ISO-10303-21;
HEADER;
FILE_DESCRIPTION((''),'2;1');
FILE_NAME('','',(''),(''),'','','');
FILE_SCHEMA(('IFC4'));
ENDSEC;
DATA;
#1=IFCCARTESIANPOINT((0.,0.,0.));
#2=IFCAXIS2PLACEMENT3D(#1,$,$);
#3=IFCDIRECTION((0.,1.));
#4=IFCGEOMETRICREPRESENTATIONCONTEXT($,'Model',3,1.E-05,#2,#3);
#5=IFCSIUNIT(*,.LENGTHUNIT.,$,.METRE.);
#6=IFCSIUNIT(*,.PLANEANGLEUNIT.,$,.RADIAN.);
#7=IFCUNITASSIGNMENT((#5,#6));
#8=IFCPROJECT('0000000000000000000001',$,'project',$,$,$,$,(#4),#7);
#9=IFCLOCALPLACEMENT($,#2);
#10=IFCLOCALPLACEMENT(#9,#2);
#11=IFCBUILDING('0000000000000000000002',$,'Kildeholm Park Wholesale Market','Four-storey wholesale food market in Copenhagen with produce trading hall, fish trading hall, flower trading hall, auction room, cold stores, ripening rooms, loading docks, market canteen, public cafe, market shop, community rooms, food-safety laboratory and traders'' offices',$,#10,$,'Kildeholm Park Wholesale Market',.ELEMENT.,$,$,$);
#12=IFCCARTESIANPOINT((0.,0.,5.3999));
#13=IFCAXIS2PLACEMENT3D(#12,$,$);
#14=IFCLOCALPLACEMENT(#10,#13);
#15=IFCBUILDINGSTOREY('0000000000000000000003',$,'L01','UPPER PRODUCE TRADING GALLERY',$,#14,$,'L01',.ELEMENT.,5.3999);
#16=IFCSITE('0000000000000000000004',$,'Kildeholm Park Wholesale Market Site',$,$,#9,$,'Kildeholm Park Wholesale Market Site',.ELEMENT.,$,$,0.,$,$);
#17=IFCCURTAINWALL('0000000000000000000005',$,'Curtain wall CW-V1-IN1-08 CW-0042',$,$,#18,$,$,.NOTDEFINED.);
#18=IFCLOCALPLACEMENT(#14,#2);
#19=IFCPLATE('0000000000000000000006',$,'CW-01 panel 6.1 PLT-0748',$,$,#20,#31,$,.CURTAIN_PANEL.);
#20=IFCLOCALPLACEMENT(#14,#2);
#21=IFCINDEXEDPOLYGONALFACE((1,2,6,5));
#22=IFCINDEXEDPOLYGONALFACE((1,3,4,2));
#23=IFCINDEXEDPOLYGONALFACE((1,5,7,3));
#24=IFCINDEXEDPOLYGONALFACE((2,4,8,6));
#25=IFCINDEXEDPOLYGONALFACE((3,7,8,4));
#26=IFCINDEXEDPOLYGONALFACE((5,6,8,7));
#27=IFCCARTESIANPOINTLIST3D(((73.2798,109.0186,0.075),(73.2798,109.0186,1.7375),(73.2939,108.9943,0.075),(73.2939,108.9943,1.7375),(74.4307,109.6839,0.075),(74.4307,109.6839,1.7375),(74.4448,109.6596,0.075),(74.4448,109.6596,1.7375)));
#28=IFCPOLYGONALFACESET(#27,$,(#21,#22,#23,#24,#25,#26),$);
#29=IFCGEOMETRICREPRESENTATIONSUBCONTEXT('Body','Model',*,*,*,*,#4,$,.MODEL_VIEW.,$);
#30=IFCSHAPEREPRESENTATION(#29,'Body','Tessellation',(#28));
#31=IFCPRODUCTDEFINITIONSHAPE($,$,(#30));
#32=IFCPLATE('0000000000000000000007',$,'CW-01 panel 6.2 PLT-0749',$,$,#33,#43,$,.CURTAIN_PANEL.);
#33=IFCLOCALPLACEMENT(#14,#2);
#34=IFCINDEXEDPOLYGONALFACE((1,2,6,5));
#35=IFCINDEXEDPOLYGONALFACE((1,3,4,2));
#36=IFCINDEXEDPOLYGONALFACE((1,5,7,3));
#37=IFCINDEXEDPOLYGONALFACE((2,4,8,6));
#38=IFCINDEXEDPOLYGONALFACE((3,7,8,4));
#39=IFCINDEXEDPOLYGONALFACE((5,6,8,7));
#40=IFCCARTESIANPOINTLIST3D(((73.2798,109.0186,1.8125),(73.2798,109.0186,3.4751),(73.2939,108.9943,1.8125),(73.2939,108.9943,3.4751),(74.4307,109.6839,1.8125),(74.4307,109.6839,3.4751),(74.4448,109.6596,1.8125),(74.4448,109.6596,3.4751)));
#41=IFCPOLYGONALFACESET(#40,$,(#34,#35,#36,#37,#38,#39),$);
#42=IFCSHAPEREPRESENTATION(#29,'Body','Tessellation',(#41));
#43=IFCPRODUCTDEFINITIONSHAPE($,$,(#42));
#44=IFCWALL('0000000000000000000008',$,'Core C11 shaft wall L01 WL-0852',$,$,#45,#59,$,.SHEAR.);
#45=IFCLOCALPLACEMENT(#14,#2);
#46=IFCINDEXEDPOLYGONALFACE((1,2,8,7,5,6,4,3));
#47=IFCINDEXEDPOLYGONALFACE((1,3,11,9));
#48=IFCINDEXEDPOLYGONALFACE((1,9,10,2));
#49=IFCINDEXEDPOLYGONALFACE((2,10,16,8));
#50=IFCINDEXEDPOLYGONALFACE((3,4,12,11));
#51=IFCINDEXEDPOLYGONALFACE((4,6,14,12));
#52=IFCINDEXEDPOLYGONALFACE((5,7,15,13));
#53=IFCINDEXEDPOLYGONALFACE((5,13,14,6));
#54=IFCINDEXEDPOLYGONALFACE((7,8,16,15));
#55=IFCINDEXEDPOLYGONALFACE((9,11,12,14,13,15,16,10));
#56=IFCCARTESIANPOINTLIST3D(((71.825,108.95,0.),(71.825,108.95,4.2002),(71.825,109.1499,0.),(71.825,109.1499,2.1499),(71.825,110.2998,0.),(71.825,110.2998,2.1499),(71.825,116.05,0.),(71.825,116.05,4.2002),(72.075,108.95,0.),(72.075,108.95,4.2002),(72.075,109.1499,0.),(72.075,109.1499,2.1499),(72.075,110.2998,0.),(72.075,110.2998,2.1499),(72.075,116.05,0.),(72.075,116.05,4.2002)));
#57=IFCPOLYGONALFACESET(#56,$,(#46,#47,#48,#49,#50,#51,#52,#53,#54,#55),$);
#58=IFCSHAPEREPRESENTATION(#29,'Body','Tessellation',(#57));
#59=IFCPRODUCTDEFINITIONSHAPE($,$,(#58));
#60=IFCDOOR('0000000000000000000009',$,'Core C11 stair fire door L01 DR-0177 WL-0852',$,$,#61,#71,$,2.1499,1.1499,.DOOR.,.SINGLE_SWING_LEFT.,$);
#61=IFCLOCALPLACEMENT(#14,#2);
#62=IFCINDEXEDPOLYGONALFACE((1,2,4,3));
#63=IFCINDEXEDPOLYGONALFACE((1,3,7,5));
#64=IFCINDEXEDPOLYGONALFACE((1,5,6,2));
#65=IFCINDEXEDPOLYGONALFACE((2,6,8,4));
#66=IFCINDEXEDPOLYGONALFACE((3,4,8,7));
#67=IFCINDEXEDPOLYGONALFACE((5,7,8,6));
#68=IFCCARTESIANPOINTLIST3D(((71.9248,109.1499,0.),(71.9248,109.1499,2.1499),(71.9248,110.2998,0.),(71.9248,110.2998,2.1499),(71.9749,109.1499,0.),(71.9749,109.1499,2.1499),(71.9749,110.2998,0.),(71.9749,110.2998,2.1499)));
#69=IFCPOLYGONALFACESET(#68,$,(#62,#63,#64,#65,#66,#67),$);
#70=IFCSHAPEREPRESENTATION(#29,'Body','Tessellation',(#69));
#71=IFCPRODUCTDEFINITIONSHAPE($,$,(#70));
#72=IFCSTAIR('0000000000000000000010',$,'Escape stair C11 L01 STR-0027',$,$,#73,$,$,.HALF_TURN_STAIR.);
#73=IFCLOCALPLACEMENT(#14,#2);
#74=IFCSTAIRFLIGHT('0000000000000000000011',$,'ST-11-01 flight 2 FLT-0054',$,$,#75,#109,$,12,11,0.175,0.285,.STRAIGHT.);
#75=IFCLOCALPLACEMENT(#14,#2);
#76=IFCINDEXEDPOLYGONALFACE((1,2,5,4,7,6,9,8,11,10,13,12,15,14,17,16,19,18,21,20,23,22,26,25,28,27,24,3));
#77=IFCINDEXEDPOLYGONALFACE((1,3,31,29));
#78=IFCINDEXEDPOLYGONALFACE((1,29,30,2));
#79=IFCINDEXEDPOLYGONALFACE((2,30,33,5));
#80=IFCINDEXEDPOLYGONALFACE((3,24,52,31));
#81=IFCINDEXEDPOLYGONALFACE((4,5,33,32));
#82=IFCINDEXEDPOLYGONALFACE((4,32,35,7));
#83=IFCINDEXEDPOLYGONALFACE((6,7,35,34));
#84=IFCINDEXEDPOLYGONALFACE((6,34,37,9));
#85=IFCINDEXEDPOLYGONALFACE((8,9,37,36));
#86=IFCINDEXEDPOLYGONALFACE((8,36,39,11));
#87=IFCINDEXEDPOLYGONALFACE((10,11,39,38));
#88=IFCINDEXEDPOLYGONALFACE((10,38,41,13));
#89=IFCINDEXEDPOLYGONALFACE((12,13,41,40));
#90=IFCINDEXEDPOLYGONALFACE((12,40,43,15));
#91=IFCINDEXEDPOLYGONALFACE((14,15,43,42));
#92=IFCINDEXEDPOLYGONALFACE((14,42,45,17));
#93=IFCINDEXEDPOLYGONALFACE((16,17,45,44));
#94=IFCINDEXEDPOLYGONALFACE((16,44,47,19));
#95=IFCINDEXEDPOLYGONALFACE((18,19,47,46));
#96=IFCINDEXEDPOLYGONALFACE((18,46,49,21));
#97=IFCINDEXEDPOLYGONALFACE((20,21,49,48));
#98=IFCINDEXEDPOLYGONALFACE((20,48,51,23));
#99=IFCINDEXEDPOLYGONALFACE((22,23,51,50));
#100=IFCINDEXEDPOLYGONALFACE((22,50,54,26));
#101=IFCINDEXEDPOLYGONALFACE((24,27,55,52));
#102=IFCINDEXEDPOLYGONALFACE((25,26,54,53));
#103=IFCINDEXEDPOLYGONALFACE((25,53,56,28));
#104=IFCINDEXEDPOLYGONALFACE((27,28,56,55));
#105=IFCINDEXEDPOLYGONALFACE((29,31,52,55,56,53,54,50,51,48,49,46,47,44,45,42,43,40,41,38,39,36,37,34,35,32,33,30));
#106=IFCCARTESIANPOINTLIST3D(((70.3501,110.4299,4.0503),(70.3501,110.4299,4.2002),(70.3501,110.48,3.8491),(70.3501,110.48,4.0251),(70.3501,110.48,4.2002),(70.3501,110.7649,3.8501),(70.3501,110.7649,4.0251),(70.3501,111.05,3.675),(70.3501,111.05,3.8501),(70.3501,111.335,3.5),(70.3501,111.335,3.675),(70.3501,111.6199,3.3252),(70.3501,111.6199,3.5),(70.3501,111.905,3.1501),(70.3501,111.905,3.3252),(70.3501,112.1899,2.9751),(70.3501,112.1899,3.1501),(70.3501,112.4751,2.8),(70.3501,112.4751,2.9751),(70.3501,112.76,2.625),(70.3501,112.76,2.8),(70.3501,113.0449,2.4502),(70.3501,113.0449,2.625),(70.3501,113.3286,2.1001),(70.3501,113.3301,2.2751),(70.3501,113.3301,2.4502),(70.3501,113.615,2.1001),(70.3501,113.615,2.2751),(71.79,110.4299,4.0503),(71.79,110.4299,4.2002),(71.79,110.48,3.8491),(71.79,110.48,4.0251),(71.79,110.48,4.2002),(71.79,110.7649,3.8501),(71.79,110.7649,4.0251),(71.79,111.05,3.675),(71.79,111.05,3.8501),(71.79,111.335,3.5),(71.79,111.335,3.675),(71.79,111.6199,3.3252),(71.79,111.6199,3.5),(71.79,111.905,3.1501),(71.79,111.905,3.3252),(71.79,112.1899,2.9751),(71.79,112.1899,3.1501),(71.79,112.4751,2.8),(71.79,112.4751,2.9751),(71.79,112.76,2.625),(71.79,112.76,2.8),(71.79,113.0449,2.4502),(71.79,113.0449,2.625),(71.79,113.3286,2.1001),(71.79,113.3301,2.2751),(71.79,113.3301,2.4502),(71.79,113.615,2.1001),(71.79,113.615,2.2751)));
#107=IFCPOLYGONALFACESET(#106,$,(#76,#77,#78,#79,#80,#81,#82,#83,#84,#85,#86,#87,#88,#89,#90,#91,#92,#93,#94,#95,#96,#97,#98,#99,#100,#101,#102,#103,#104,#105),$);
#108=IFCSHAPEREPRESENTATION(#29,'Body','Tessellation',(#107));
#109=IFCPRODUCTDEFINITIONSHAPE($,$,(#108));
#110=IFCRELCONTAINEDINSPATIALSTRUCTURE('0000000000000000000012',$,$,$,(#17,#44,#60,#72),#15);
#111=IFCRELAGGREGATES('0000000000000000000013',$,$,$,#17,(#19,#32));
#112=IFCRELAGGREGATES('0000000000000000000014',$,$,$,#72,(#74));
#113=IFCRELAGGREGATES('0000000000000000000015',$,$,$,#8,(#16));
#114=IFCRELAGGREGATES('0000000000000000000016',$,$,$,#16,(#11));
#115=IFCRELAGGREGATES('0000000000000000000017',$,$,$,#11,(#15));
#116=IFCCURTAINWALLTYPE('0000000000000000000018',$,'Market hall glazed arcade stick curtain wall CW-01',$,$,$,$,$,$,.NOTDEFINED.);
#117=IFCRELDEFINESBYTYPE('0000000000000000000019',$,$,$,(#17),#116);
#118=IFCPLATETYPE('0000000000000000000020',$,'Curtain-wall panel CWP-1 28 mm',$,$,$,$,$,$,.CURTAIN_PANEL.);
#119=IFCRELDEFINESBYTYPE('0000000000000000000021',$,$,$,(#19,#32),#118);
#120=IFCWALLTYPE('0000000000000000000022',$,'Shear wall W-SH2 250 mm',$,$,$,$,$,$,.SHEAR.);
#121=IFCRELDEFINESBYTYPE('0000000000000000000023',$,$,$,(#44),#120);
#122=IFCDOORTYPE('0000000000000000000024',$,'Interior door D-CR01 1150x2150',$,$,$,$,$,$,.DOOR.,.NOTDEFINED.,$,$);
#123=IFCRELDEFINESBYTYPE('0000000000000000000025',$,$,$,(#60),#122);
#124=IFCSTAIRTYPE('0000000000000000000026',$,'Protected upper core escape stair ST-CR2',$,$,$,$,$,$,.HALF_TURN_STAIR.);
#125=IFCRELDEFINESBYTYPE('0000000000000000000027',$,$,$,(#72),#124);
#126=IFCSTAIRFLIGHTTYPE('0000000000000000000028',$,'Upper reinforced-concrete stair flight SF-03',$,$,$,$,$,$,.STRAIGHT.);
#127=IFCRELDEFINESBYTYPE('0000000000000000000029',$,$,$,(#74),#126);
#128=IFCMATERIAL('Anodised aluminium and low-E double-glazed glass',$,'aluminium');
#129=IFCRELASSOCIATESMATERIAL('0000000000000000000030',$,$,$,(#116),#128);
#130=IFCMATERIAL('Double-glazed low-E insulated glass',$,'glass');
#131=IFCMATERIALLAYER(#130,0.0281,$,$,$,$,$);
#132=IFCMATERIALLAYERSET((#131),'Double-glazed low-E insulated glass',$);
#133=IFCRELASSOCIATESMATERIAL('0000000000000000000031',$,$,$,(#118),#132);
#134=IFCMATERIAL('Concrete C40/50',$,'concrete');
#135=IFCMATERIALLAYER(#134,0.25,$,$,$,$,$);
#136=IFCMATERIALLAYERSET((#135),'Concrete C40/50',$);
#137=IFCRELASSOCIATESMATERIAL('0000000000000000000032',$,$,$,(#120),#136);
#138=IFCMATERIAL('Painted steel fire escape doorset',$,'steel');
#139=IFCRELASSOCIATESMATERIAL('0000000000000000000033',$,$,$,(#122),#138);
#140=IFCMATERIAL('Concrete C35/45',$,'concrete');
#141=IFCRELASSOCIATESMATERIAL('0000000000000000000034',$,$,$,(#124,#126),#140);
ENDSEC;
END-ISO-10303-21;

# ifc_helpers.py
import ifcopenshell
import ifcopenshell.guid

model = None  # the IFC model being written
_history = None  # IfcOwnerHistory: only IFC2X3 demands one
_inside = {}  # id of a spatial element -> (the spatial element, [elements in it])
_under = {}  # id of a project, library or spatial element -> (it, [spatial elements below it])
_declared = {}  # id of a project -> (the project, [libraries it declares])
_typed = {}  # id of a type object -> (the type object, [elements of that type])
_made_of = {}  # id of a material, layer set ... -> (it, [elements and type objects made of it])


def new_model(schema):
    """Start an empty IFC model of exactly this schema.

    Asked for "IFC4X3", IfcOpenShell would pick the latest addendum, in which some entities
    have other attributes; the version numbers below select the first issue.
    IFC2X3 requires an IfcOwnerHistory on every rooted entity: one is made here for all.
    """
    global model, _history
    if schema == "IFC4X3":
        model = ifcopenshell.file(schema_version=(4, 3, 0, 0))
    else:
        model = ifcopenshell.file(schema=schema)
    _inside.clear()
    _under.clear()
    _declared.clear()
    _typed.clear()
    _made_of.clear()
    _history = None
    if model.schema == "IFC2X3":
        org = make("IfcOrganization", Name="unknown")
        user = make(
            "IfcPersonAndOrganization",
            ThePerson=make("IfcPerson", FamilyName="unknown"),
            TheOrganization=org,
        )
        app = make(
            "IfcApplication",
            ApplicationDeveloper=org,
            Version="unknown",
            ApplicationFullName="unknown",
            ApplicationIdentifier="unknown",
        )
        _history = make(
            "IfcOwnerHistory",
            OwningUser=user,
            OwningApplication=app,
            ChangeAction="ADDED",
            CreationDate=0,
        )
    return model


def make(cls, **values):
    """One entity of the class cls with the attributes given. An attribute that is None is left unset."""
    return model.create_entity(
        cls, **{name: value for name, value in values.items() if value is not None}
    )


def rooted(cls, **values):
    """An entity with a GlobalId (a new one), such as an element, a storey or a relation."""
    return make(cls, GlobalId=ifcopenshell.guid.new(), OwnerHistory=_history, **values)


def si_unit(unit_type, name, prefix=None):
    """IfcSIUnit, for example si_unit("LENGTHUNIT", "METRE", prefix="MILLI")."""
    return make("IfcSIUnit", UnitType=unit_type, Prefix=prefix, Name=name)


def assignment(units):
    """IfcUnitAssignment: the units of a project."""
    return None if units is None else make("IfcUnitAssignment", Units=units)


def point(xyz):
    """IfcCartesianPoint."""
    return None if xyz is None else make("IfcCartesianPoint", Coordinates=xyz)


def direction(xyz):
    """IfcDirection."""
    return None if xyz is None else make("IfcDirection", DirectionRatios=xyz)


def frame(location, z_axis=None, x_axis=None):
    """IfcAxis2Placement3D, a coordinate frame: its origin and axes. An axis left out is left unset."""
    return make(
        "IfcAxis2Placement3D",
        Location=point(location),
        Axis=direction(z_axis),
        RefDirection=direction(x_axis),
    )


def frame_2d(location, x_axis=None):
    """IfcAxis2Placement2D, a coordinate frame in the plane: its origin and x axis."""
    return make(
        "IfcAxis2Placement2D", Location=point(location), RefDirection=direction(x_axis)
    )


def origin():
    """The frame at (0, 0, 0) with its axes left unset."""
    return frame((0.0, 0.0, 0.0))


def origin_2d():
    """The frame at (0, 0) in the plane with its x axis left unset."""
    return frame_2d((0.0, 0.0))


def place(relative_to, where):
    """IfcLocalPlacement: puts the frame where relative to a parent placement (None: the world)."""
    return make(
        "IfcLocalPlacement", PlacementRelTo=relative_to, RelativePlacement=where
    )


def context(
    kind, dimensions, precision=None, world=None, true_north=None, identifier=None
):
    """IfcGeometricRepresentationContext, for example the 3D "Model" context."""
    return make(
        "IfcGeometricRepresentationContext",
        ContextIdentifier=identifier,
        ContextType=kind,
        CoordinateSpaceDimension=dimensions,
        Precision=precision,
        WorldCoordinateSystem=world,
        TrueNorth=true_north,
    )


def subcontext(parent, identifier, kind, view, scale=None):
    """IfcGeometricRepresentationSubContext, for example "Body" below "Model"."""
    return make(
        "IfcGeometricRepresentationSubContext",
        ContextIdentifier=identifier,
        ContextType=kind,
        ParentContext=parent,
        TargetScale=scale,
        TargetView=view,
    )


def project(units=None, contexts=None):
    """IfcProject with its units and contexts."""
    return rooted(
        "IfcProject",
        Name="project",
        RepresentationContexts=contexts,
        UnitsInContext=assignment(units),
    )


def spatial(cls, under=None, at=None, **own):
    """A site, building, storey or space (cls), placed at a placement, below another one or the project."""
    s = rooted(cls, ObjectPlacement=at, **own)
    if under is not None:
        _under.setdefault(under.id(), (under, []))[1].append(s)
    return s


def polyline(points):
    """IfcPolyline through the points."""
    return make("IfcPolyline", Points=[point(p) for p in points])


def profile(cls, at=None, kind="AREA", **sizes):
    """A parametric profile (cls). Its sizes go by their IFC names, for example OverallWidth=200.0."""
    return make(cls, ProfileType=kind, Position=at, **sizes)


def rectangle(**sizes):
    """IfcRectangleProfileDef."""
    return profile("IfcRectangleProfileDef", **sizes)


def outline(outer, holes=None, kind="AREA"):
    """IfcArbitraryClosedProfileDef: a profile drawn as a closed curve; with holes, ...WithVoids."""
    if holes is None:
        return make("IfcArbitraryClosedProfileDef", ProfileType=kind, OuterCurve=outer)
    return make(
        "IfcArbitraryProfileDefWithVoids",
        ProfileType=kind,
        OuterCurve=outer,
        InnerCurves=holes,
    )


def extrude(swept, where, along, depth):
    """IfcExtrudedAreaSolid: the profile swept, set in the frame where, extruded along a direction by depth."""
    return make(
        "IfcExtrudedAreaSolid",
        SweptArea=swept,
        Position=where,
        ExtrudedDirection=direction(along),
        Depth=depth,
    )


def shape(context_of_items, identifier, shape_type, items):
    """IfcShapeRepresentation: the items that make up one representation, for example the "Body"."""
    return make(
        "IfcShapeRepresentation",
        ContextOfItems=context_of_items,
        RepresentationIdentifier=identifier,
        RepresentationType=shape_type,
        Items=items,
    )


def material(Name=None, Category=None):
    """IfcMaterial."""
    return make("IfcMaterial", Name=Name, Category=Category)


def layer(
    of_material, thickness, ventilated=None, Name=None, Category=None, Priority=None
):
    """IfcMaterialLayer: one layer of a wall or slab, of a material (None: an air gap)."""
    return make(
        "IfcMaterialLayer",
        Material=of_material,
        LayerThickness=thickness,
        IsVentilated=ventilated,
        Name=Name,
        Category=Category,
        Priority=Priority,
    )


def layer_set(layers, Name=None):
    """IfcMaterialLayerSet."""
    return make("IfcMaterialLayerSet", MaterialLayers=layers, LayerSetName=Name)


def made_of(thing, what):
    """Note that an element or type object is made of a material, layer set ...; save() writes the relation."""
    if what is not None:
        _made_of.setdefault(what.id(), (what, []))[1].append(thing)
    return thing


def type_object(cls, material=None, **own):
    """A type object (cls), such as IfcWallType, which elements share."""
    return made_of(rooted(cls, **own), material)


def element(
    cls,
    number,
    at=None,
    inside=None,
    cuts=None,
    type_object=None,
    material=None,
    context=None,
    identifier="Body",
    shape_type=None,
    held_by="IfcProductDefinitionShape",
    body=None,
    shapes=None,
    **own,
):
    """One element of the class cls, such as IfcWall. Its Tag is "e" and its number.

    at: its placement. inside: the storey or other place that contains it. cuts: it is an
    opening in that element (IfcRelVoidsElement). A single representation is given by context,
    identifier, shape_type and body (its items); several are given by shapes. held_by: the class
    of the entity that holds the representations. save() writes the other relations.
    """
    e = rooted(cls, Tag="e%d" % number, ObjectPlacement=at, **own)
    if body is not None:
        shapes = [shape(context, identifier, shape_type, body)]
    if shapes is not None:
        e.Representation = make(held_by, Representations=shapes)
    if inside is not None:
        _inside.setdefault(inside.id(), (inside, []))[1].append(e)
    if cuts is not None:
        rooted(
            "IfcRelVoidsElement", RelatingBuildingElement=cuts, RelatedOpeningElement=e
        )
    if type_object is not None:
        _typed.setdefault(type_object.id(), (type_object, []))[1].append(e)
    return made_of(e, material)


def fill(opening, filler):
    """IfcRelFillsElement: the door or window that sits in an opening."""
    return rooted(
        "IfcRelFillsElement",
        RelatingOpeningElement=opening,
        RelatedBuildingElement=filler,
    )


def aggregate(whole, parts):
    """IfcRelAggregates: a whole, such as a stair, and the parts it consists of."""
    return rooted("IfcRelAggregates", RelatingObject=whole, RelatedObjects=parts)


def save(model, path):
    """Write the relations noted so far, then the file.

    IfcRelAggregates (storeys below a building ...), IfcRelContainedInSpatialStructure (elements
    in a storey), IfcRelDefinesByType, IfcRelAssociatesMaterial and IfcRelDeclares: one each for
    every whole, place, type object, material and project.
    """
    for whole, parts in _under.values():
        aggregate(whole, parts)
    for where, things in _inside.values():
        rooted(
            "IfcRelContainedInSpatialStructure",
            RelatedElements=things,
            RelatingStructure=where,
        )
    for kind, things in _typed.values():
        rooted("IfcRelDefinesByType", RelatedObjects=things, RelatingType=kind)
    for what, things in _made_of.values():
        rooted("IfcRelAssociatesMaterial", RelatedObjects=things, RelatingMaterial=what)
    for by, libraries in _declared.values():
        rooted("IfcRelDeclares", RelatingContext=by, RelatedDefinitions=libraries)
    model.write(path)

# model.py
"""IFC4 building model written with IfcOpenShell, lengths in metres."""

from ifc_helpers import new_model, si_unit, direction, frame, frame_2d, origin, origin_2d, place, context, subcontext, project, spatial, polyline, rectangle, outline, extrude, material, layer, layer_set, type_object, element, fill, aggregate, save


model = new_model("IFC4")

# Units and contexts
model_context = context("Model", 3, precision=1e-05, world=origin(), true_north=direction((0.0, 1.0)))
body_context = subcontext(model_context, "Body", "Model", "MODEL_VIEW")
ifc_project = project(units=[si_unit("LENGTHUNIT", "METRE"), si_unit("PLANEANGLEUNIT", "RADIAN")], contexts=[model_context])

# Site, building, storey
site_placement = place(None, origin())
site = spatial("IfcSite", under=ifc_project, at=site_placement, Name="Kildeholm Park Wholesale Market Site", LongName="Kildeholm Park Wholesale Market Site", CompositionType="ELEMENT", RefElevation=0.0)
building_placement = place(site_placement, origin())
building = spatial("IfcBuilding", under=site, at=building_placement, Name="Kildeholm Park Wholesale Market", Description="Four-storey wholesale food market in Copenhagen with produce trading hall, fish trading hall, flower trading hall, auction room, cold stores, ripening rooms, loading docks, market canteen, public cafe, market shop, community rooms, food-safety laboratory and traders' offices", LongName="Kildeholm Park Wholesale Market", CompositionType="ELEMENT")
storey_placement = place(building_placement, frame((0.0, 0.0, 5.3999)))
storey = spatial("IfcBuildingStorey", under=building, at=storey_placement, Name="L01", Description="UPPER PRODUCE TRADING GALLERY", LongName="L01", CompositionType="ELEMENT", Elevation=5.3999)

# Curtain wall, plates
ifc_material_1 = material(Name="Anodised aluminium and low-E double-glazed glass", Category="aluminium")
curtain_wall_type = type_object("IfcCurtainWallType", Name="Market hall glazed arcade stick curtain wall CW-01", PredefinedType="NOTDEFINED", material=ifc_material_1)
curtain_wall_placement = place(storey_placement, origin())
curtain_wall = element("IfcCurtainWall", 1, at=curtain_wall_placement, inside=storey, type_object=curtain_wall_type, Name="Curtain wall CW-V1-IN1-08 CW-0042", PredefinedType="NOTDEFINED")
ifc_material_2 = material(Name="Double-glazed low-E insulated glass", Category="glass")
ifc_layer_1 = layer(ifc_material_2, 0.0281)
ifc_layer_set_1 = layer_set([ifc_layer_1], Name="Double-glazed low-E insulated glass")
plate_type = type_object("IfcPlateType", Name="Curtain-wall panel CWP-1 28 mm", PredefinedType="CURTAIN_PANEL", material=ifc_layer_set_1)
plate_1_placement = place(storey_placement, frame((73.8623, 109.3391, 0.075), z_axis=(0.0, 0.0, 1.0), x_axis=(-0.865743, -0.500489, 0.0)))
plate_1 = element("IfcPlate", 2, at=plate_1_placement, type_object=plate_type, Name="CW-01 panel 6.1 PLT-0748", PredefinedType="CURTAIN_PANEL", context=body_context, shape_type="SweptSolid", body=[
    extrude(rectangle(XDim=1.3293, YDim=0.0281, at=origin_2d()), origin(), (0.0, 0.0, 1.0), 1.6626),
])
plate_2_placement = place(storey_placement, frame((73.8623, 109.3391, 1.8125), z_axis=(0.0, 0.0, 1.0), x_axis=(-0.865743, -0.500489, 0.0)))
plate_2 = element("IfcPlate", 3, at=plate_2_placement, type_object=plate_type, Name="CW-01 panel 6.2 PLT-0749", PredefinedType="CURTAIN_PANEL", context=body_context, shape_type="SweptSolid", body=[
    extrude(rectangle(XDim=1.3293, YDim=0.0281, at=origin_2d()), origin(), (0.0, 0.0, 1.0), 1.6626),
])
aggregate(curtain_wall, [plate_1, plate_2])

# Wall, opening, door
ifc_material_3 = material(Name="Concrete C40/50", Category="concrete")
ifc_layer_2 = layer(ifc_material_3, 0.25)
ifc_layer_set_2 = layer_set([ifc_layer_2], Name="Concrete C40/50")
wall_type_1 = type_object("IfcWallType", Name="Shear wall W-SH2 250 mm", PredefinedType="SHEAR", material=ifc_layer_set_2)
wall_1_placement = place(storey_placement, frame((71.95, 108.95, 0.0), z_axis=(0.0, 0.0, 1.0), x_axis=(0.0, 1.0, 0.0)))
wall_1 = element("IfcWall", 4, at=wall_1_placement, inside=storey, type_object=wall_type_1, Name="Core C11 shaft wall L01 WL-0852", PredefinedType="SHEAR", context=body_context, shape_type="SweptSolid", body=[
    extrude(rectangle(XDim=7.1001, YDim=0.25, at=frame_2d((3.55, 0.0))), origin(), (0.0, 0.0, 1.0), 4.2002),
])
opening_1_placement = place(wall_1_placement, frame((0.2, 0.0, 0.0)))
opening_1 = element("IfcOpeningElement", 5, at=opening_1_placement, cuts=wall_1, PredefinedType="OPENING", context=body_context, shape_type="SweptSolid", body=[
    extrude(rectangle(XDim=1.1499, YDim=2.1499, at=frame_2d((0.575, 1.075))), frame((0.0, 0.135, 0.0), z_axis=(0.0, -1.0, 0.0), x_axis=(1.0, 0.0, 0.0)), (0.0, 0.0, 1.0), 0.27),
])
ifc_material_4 = material(Name="Painted steel fire escape doorset", Category="steel")
door_type_1 = type_object("IfcDoorType", Name="Interior door D-CR01 1150x2150", OperationType="NOTDEFINED", PredefinedType="DOOR", material=ifc_material_4)
door_1_placement = place(opening_1_placement, frame((1.1499, 0.0, 0.0), z_axis=(0.0, 0.0, 1.0), x_axis=(-1.0, 0.0, 0.0)))
door_1 = element("IfcDoor", 6, at=door_1_placement, inside=storey, type_object=door_type_1, Name="Core C11 stair fire door L01 DR-0177 WL-0852", OperationType="SINGLE_SWING_LEFT", OverallHeight=2.1499, OverallWidth=1.1499, PredefinedType="DOOR", context=body_context, shape_type="SweptSolid", body=[
    extrude(rectangle(XDim=1.1499, YDim=2.1499, at=frame_2d((0.575, 1.075))), frame((0.0, 0.0249, 0.0), z_axis=(0.0, -1.0, 0.0), x_axis=(1.0, 0.0, 0.0)), (0.0, 0.0, 1.0), 0.05),
])
fill(opening_1, door_1)

# Stair, stair flight
ifc_material_5 = material(Name="Concrete C35/45", Category="concrete")
stair_type = type_object("IfcStairType", Name="Protected upper core escape stair ST-CR2", PredefinedType="HALF_TURN_STAIR", material=ifc_material_5)
stair_placement = place(storey_placement, origin())
stair = element("IfcStair", 7, at=stair_placement, inside=storey, type_object=stair_type, Name="Escape stair C11 L01 STR-0027", PredefinedType="HALF_TURN_STAIR")
stair_flight_type = type_object("IfcStairFlightType", Name="Upper reinforced-concrete stair flight SF-03", PredefinedType="STRAIGHT", material=ifc_material_5)
stair_flight_placement = place(storey_placement, frame((71.0701, 113.615, 2.1001), z_axis=(0.0, 0.0, 1.0), x_axis=(0.0, -1.0, 0.0)))
stair_flight = element("IfcStairFlight", 8, at=stair_flight_placement, type_object=stair_flight_type, Name="ST-11-01 flight 2 FLT-0054", NumberOfRisers=12, NumberOfTreads=11, PredefinedType="STRAIGHT", RiserHeight=0.175, TreadLength=0.285, context=body_context, shape_type="SweptSolid", body=[
    extrude(outline(polyline([(0.0, 0.0), (0.0, 0.175), (0.2849, 0.175), (0.2849, 0.3501), (0.5701, 0.3501), (0.5701, 0.5249), (0.855, 0.5249), (0.855, 0.7), (1.1399, 0.7), (1.1399, 0.875), (1.425, 0.875), (1.425, 1.05), (1.71, 1.05), (1.71, 1.2251), (1.9951, 1.2251), (1.9951, 1.3999), (2.28, 1.3999), (2.28, 1.575), (2.5649, 1.575), (2.5649, 1.75), (2.8501, 1.75), (2.8501, 1.925), (3.135, 1.925), (3.135, 2.1001), (3.1851, 2.1001), (3.1851, 1.9502), (3.135, 1.749), (0.2864, 0.0), (0.0, 0.0)])), frame((0.0, 0.72, 0.0), z_axis=(0.0, -1.0, 0.0), x_axis=(1.0, 0.0, 0.0)), (0.0, 0.0, 1.0), 1.4399),
])
aggregate(stair, [stair_flight])

save(model, "model.ifc")
